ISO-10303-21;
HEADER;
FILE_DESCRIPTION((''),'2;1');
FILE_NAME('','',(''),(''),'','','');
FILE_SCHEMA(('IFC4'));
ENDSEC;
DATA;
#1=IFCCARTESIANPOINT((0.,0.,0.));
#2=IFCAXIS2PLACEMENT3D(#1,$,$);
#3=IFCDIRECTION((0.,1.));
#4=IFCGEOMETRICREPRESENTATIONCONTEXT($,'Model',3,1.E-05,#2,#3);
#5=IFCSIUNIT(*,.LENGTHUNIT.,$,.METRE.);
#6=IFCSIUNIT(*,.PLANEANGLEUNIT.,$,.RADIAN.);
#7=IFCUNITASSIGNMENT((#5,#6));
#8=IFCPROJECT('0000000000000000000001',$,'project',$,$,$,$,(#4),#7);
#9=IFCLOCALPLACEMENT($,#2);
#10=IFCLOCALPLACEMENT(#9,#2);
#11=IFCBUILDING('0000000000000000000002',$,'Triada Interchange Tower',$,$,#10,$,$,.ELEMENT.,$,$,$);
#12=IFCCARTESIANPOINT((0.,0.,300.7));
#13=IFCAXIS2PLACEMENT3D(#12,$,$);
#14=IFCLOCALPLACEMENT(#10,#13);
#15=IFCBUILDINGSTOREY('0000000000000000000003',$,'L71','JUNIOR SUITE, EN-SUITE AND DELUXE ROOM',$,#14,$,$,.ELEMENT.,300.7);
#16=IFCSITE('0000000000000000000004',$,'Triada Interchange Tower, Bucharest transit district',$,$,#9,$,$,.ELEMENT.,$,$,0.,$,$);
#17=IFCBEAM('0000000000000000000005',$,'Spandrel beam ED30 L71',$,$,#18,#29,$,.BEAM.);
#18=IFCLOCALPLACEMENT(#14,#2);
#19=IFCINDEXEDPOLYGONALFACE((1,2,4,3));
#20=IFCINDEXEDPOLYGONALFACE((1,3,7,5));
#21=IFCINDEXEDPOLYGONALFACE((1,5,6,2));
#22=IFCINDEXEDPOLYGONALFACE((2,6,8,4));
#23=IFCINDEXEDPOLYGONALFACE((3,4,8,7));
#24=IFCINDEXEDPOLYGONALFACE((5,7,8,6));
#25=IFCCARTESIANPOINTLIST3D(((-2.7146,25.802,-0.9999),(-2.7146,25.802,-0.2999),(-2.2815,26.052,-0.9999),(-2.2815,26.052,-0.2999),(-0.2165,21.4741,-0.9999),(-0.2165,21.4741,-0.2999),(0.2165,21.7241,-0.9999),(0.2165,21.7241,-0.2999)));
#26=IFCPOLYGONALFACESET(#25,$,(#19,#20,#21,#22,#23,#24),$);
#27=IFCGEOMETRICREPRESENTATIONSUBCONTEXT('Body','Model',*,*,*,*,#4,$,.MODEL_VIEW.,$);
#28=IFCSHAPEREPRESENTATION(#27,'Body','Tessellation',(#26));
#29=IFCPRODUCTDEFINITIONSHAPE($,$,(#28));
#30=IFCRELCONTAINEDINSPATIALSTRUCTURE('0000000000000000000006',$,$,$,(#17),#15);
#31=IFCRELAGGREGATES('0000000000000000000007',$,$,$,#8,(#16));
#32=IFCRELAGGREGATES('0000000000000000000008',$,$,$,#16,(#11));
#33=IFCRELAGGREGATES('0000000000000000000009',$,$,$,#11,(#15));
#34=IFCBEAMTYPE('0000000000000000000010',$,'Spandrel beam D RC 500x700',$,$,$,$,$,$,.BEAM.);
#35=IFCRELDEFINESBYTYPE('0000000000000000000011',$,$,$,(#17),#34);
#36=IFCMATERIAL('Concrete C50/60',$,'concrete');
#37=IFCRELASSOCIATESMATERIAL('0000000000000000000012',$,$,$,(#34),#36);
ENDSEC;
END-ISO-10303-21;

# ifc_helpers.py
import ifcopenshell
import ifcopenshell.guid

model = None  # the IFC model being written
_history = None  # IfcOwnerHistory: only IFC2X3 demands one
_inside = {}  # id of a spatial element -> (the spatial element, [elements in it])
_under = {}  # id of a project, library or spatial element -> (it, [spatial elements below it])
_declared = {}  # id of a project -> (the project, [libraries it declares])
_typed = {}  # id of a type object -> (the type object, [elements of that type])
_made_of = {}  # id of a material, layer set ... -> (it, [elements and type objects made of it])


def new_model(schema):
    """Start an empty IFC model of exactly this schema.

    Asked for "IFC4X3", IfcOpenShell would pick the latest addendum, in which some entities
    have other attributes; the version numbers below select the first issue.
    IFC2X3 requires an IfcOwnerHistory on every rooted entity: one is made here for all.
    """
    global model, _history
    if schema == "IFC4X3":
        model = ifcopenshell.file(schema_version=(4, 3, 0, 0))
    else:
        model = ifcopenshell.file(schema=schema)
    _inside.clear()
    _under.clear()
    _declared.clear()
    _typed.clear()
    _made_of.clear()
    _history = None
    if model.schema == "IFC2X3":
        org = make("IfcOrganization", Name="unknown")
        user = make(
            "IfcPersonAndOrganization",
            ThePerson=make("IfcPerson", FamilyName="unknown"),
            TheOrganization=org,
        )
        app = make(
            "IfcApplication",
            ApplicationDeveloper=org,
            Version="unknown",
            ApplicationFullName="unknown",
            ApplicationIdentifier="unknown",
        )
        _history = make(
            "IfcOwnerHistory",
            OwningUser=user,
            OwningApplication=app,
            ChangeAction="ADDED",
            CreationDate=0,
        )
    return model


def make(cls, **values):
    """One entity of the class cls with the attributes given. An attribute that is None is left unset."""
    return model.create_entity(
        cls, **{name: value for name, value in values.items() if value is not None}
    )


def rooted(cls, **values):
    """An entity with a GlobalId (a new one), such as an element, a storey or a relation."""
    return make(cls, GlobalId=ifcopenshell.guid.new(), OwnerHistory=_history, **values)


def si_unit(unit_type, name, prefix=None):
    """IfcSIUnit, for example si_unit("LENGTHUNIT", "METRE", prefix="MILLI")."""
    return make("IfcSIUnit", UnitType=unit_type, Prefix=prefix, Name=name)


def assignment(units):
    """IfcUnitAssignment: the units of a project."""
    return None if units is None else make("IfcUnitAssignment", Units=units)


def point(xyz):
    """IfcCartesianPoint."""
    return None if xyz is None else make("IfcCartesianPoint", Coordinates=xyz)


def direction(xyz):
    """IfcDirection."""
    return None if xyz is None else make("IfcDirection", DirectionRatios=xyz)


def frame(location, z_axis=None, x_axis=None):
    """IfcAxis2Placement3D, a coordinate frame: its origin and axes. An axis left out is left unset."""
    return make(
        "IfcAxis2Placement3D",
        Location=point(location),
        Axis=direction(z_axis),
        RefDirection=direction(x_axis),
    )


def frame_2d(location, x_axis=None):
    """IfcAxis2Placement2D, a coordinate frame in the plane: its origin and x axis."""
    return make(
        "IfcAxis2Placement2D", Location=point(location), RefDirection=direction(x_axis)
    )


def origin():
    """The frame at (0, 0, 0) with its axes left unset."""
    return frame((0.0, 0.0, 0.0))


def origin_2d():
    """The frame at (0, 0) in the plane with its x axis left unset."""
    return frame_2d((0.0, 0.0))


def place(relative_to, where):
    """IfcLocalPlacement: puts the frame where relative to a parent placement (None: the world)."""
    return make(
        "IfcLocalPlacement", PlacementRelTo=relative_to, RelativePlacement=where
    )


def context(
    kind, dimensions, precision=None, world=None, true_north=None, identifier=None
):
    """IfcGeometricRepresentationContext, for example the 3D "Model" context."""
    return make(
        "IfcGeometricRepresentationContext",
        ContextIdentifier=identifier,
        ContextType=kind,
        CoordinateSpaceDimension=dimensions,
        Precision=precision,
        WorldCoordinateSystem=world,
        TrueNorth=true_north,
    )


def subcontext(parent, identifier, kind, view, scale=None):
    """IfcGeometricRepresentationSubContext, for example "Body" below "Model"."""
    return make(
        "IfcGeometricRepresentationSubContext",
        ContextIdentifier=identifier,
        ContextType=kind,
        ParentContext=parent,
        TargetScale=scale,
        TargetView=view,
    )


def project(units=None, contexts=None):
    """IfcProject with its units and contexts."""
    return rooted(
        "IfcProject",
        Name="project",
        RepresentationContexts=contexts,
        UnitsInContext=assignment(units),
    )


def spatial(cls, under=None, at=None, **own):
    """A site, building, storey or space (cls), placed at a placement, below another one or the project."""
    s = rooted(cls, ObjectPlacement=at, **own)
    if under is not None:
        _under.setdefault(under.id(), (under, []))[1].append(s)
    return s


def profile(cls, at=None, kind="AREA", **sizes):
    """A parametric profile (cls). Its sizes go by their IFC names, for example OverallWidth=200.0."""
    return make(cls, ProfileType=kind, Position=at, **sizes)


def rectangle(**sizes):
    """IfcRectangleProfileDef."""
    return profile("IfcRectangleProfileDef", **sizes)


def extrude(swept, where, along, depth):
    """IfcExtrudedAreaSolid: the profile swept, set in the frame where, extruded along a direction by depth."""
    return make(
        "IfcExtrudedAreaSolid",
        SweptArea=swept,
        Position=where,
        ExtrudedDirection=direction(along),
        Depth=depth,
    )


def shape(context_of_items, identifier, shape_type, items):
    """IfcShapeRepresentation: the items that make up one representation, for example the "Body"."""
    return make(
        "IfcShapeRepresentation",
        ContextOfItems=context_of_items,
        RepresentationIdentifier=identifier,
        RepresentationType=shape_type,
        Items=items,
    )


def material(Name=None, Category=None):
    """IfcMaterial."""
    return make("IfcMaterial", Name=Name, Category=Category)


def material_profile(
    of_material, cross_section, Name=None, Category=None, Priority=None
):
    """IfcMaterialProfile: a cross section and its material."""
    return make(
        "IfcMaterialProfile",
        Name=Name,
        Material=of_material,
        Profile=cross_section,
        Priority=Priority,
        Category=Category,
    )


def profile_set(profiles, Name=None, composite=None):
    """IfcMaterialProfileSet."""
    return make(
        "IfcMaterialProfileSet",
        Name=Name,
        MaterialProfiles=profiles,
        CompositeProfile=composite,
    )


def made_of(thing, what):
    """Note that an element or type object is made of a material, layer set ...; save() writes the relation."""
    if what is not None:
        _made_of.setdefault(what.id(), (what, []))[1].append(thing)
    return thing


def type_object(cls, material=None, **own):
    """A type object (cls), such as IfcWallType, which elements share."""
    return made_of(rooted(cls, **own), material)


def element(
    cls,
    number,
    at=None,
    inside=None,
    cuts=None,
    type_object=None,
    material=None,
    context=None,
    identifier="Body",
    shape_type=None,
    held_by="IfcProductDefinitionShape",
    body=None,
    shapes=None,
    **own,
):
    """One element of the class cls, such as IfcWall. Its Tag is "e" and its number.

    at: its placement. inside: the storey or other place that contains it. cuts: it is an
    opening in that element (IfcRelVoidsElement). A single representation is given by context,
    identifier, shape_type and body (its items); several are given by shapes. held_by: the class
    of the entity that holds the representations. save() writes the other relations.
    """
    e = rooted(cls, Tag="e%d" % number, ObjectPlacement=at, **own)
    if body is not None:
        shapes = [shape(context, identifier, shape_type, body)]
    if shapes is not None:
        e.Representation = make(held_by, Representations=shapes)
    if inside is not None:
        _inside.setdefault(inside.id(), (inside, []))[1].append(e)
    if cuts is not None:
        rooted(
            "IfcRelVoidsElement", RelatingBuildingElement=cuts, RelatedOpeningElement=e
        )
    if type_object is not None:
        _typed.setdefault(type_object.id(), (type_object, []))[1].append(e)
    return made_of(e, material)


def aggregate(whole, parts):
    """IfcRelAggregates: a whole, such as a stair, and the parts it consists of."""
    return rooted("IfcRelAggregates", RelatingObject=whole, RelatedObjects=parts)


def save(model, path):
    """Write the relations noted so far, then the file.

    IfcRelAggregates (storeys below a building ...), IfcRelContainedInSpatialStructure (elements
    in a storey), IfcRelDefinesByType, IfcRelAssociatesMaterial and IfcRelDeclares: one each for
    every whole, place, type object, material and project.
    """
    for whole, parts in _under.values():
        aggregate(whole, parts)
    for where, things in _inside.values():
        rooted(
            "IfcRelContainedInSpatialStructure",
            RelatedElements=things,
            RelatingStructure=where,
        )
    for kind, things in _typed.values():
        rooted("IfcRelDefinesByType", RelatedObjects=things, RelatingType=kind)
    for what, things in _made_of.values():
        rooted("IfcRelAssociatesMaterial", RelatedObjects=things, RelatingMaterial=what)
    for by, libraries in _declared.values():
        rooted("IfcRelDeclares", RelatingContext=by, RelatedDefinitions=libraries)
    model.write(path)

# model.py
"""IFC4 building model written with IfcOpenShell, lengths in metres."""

from ifc_helpers import new_model, si_unit, direction, frame, origin, origin_2d, place, context, subcontext, project, spatial, rectangle, extrude, material, material_profile, profile_set, type_object, element, save


model = new_model("IFC4")

# Units and contexts
model_context = context("Model", 3, precision=1e-05, world=origin(), true_north=direction((0.0, 1.0)))
body_context = subcontext(model_context, "Body", "Model", "MODEL_VIEW")
ifc_project = project(units=[si_unit("LENGTHUNIT", "METRE"), si_unit("PLANEANGLEUNIT", "RADIAN")], contexts=[model_context])

# Site, building, storey
site_placement = place(None, origin())
site = spatial("IfcSite", under=ifc_project, at=site_placement, Name="Triada Interchange Tower, Bucharest transit district", CompositionType="ELEMENT", RefElevation=0.0)
building_placement = place(site_placement, origin())
building = spatial("IfcBuilding", under=site, at=building_placement, Name="Triada Interchange Tower", CompositionType="ELEMENT")
storey_placement = place(building_placement, frame((0.0, 0.0, 300.7)))
storey = spatial("IfcBuildingStorey", under=building, at=storey_placement, Name="L71", Description="JUNIOR SUITE, EN-SUITE AND DELUXE ROOM", CompositionType="ELEMENT", Elevation=300.7)

# Beam
ifc_material_1 = material(Name="Concrete C50/60", Category="concrete")
ifc_material_profile_1 = material_profile(ifc_material_1, rectangle(XDim=0.5, YDim=0.7, at=origin_2d()), Name="RC 500x700")
ifc_profile_set_1 = profile_set([ifc_material_profile_1], Name="Concrete C50/60")
beam_type_1 = type_object("IfcBeamType", Name="Spandrel beam D RC 500x700", PredefinedType="BEAM", material=ifc_profile_set_1)
beam_1_placement = place(storey_placement, frame((0.0, 21.5991, -0.6499), z_axis=(-0.499901, 0.866082, 0.0), x_axis=(-0.866082, -0.499901, 0.0)))
element("IfcBeam", 1, at=beam_1_placement, inside=storey, type_object=beam_type_1, Name="Spandrel beam ED30 L71", PredefinedType="BEAM", context=body_context, shape_type="SweptSolid", body=[
    extrude(rectangle(XDim=0.5, YDim=0.7, at=origin_2d()), origin(), (0.0, 0.0, 1.0), 4.9971),
])

save(model, "model.ifc")
